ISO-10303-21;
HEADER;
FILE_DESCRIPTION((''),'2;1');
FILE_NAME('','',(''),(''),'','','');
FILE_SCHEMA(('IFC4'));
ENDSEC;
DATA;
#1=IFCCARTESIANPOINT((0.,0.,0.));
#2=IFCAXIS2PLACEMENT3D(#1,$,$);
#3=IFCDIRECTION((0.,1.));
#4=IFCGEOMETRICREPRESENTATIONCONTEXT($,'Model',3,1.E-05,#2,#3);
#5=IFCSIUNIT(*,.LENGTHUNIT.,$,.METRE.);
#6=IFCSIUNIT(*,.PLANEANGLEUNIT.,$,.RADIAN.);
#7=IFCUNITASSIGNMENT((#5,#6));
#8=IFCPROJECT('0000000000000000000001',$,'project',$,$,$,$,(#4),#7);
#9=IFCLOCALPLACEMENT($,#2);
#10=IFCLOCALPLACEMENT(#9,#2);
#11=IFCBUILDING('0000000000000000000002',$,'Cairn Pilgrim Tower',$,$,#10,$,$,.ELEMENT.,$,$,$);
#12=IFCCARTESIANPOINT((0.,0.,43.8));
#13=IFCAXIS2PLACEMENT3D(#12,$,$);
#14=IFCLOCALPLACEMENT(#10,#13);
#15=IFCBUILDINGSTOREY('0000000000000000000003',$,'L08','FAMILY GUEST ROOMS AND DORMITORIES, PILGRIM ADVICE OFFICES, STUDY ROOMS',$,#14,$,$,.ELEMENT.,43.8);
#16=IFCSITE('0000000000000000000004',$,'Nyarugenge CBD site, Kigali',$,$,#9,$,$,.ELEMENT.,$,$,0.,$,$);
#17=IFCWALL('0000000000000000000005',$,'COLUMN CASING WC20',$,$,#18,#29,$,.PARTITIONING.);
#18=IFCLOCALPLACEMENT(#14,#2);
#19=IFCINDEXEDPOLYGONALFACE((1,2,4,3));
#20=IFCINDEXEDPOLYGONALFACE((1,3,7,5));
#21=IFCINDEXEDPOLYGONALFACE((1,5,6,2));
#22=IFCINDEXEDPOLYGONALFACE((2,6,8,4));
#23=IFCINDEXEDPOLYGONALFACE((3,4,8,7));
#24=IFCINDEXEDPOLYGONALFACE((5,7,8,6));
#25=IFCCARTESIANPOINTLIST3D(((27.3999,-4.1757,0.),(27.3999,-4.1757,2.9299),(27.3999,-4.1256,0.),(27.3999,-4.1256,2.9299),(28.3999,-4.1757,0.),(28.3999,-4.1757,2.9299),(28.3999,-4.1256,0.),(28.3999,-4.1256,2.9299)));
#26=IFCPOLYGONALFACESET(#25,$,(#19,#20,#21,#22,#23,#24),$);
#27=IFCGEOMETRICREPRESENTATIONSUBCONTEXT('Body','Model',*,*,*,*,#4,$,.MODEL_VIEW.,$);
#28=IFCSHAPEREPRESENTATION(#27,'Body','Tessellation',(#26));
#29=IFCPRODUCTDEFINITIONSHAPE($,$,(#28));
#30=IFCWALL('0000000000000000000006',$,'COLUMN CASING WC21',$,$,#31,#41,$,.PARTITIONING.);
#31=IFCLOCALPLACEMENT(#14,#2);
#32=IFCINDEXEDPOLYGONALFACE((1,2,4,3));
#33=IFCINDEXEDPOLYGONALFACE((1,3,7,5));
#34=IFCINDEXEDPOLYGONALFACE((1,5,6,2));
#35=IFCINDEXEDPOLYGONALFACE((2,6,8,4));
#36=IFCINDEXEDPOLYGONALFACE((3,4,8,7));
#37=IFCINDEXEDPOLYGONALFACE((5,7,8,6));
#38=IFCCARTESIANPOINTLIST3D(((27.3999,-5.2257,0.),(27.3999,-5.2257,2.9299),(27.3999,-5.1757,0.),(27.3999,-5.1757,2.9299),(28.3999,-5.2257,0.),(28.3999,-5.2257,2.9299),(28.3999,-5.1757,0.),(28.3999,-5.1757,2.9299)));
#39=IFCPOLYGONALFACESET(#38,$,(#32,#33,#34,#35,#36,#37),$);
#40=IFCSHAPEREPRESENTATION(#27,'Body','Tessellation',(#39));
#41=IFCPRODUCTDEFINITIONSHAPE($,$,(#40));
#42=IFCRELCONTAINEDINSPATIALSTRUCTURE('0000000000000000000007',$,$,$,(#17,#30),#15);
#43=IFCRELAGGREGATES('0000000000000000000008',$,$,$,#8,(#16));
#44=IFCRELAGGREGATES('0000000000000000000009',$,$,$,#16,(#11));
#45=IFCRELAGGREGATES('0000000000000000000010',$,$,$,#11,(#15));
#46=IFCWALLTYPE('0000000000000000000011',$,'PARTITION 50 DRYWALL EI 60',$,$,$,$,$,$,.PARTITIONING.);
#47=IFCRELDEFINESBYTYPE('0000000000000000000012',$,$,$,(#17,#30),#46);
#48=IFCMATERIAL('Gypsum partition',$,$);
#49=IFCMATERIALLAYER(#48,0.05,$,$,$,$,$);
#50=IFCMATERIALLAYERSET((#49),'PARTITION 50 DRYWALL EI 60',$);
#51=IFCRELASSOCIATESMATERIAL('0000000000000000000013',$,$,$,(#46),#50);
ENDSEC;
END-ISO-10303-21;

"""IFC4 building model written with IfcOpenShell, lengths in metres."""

from ifc_helpers import new_model, si_unit, direction, frame, frame_2d, origin, place, context, subcontext, project, spatial, rectangle, extrude, material, layer, layer_set, type_object, element, save


model = new_model("IFC4")

# Units and contexts
model_context = context("Model", 3, precision=1e-05, world=origin(), true_north=direction((0.0, 1.0)))
body_context = subcontext(model_context, "Body", "Model", "MODEL_VIEW")
ifc_project = project(units=[si_unit("LENGTHUNIT", "METRE"), si_unit("PLANEANGLEUNIT", "RADIAN")], contexts=[model_context])

# Site, building, storey
site_placement = place(None, origin())
site = spatial("IfcSite", under=ifc_project, at=site_placement, Name="Nyarugenge CBD site, Kigali", CompositionType="ELEMENT", RefElevation=0.0)
building_placement = place(site_placement, origin())
building = spatial("IfcBuilding", under=site, at=building_placement, Name="Cairn Pilgrim Tower", CompositionType="ELEMENT")
storey_placement = place(building_placement, frame((0.0, 0.0, 43.8)))
storey = spatial("IfcBuildingStorey", under=building, at=storey_placement, Name="L08", Description="FAMILY GUEST ROOMS AND DORMITORIES, PILGRIM ADVICE OFFICES, STUDY ROOMS", CompositionType="ELEMENT", Elevation=43.8)

# Shared definitions
ifc_material_1 = material(Name="Gypsum partition")

# Walls
ifc_layer_1 = layer(ifc_material_1, 0.05)
ifc_layer_set_1 = layer_set([ifc_layer_1], Name="PARTITION 50 DRYWALL EI 60")
wall_type_1 = type_object("IfcWallType", Name="PARTITION 50 DRYWALL EI 60", PredefinedType="PARTITIONING", material=ifc_layer_set_1)
for number, where, z_axis, x_axis, name in (
    (1, (27.3999, -4.1506, 0.0), (0.0, 0.0, 1.0), (1.0, 0.0, 0.0), "COLUMN CASING WC20"),
    (2, (27.3999, -5.2007, 0.0), (0.0, 0.0, 1.0), (1.0, 0.0, 0.0), "COLUMN CASING WC21"),
):
    element("IfcWall", number, at=place(storey_placement, frame(where, z_axis=z_axis, x_axis=x_axis)), inside=storey, type_object=wall_type_1, Name=name, PredefinedType="PARTITIONING", context=body_context, shape_type="SweptSolid", body=[
        extrude(rectangle(XDim=1.0, YDim=0.05, at=frame_2d((0.5, 0.0))), origin(), (0.0, 0.0, 1.0), 2.9299),
    ])

save(model, "model.ifc")
